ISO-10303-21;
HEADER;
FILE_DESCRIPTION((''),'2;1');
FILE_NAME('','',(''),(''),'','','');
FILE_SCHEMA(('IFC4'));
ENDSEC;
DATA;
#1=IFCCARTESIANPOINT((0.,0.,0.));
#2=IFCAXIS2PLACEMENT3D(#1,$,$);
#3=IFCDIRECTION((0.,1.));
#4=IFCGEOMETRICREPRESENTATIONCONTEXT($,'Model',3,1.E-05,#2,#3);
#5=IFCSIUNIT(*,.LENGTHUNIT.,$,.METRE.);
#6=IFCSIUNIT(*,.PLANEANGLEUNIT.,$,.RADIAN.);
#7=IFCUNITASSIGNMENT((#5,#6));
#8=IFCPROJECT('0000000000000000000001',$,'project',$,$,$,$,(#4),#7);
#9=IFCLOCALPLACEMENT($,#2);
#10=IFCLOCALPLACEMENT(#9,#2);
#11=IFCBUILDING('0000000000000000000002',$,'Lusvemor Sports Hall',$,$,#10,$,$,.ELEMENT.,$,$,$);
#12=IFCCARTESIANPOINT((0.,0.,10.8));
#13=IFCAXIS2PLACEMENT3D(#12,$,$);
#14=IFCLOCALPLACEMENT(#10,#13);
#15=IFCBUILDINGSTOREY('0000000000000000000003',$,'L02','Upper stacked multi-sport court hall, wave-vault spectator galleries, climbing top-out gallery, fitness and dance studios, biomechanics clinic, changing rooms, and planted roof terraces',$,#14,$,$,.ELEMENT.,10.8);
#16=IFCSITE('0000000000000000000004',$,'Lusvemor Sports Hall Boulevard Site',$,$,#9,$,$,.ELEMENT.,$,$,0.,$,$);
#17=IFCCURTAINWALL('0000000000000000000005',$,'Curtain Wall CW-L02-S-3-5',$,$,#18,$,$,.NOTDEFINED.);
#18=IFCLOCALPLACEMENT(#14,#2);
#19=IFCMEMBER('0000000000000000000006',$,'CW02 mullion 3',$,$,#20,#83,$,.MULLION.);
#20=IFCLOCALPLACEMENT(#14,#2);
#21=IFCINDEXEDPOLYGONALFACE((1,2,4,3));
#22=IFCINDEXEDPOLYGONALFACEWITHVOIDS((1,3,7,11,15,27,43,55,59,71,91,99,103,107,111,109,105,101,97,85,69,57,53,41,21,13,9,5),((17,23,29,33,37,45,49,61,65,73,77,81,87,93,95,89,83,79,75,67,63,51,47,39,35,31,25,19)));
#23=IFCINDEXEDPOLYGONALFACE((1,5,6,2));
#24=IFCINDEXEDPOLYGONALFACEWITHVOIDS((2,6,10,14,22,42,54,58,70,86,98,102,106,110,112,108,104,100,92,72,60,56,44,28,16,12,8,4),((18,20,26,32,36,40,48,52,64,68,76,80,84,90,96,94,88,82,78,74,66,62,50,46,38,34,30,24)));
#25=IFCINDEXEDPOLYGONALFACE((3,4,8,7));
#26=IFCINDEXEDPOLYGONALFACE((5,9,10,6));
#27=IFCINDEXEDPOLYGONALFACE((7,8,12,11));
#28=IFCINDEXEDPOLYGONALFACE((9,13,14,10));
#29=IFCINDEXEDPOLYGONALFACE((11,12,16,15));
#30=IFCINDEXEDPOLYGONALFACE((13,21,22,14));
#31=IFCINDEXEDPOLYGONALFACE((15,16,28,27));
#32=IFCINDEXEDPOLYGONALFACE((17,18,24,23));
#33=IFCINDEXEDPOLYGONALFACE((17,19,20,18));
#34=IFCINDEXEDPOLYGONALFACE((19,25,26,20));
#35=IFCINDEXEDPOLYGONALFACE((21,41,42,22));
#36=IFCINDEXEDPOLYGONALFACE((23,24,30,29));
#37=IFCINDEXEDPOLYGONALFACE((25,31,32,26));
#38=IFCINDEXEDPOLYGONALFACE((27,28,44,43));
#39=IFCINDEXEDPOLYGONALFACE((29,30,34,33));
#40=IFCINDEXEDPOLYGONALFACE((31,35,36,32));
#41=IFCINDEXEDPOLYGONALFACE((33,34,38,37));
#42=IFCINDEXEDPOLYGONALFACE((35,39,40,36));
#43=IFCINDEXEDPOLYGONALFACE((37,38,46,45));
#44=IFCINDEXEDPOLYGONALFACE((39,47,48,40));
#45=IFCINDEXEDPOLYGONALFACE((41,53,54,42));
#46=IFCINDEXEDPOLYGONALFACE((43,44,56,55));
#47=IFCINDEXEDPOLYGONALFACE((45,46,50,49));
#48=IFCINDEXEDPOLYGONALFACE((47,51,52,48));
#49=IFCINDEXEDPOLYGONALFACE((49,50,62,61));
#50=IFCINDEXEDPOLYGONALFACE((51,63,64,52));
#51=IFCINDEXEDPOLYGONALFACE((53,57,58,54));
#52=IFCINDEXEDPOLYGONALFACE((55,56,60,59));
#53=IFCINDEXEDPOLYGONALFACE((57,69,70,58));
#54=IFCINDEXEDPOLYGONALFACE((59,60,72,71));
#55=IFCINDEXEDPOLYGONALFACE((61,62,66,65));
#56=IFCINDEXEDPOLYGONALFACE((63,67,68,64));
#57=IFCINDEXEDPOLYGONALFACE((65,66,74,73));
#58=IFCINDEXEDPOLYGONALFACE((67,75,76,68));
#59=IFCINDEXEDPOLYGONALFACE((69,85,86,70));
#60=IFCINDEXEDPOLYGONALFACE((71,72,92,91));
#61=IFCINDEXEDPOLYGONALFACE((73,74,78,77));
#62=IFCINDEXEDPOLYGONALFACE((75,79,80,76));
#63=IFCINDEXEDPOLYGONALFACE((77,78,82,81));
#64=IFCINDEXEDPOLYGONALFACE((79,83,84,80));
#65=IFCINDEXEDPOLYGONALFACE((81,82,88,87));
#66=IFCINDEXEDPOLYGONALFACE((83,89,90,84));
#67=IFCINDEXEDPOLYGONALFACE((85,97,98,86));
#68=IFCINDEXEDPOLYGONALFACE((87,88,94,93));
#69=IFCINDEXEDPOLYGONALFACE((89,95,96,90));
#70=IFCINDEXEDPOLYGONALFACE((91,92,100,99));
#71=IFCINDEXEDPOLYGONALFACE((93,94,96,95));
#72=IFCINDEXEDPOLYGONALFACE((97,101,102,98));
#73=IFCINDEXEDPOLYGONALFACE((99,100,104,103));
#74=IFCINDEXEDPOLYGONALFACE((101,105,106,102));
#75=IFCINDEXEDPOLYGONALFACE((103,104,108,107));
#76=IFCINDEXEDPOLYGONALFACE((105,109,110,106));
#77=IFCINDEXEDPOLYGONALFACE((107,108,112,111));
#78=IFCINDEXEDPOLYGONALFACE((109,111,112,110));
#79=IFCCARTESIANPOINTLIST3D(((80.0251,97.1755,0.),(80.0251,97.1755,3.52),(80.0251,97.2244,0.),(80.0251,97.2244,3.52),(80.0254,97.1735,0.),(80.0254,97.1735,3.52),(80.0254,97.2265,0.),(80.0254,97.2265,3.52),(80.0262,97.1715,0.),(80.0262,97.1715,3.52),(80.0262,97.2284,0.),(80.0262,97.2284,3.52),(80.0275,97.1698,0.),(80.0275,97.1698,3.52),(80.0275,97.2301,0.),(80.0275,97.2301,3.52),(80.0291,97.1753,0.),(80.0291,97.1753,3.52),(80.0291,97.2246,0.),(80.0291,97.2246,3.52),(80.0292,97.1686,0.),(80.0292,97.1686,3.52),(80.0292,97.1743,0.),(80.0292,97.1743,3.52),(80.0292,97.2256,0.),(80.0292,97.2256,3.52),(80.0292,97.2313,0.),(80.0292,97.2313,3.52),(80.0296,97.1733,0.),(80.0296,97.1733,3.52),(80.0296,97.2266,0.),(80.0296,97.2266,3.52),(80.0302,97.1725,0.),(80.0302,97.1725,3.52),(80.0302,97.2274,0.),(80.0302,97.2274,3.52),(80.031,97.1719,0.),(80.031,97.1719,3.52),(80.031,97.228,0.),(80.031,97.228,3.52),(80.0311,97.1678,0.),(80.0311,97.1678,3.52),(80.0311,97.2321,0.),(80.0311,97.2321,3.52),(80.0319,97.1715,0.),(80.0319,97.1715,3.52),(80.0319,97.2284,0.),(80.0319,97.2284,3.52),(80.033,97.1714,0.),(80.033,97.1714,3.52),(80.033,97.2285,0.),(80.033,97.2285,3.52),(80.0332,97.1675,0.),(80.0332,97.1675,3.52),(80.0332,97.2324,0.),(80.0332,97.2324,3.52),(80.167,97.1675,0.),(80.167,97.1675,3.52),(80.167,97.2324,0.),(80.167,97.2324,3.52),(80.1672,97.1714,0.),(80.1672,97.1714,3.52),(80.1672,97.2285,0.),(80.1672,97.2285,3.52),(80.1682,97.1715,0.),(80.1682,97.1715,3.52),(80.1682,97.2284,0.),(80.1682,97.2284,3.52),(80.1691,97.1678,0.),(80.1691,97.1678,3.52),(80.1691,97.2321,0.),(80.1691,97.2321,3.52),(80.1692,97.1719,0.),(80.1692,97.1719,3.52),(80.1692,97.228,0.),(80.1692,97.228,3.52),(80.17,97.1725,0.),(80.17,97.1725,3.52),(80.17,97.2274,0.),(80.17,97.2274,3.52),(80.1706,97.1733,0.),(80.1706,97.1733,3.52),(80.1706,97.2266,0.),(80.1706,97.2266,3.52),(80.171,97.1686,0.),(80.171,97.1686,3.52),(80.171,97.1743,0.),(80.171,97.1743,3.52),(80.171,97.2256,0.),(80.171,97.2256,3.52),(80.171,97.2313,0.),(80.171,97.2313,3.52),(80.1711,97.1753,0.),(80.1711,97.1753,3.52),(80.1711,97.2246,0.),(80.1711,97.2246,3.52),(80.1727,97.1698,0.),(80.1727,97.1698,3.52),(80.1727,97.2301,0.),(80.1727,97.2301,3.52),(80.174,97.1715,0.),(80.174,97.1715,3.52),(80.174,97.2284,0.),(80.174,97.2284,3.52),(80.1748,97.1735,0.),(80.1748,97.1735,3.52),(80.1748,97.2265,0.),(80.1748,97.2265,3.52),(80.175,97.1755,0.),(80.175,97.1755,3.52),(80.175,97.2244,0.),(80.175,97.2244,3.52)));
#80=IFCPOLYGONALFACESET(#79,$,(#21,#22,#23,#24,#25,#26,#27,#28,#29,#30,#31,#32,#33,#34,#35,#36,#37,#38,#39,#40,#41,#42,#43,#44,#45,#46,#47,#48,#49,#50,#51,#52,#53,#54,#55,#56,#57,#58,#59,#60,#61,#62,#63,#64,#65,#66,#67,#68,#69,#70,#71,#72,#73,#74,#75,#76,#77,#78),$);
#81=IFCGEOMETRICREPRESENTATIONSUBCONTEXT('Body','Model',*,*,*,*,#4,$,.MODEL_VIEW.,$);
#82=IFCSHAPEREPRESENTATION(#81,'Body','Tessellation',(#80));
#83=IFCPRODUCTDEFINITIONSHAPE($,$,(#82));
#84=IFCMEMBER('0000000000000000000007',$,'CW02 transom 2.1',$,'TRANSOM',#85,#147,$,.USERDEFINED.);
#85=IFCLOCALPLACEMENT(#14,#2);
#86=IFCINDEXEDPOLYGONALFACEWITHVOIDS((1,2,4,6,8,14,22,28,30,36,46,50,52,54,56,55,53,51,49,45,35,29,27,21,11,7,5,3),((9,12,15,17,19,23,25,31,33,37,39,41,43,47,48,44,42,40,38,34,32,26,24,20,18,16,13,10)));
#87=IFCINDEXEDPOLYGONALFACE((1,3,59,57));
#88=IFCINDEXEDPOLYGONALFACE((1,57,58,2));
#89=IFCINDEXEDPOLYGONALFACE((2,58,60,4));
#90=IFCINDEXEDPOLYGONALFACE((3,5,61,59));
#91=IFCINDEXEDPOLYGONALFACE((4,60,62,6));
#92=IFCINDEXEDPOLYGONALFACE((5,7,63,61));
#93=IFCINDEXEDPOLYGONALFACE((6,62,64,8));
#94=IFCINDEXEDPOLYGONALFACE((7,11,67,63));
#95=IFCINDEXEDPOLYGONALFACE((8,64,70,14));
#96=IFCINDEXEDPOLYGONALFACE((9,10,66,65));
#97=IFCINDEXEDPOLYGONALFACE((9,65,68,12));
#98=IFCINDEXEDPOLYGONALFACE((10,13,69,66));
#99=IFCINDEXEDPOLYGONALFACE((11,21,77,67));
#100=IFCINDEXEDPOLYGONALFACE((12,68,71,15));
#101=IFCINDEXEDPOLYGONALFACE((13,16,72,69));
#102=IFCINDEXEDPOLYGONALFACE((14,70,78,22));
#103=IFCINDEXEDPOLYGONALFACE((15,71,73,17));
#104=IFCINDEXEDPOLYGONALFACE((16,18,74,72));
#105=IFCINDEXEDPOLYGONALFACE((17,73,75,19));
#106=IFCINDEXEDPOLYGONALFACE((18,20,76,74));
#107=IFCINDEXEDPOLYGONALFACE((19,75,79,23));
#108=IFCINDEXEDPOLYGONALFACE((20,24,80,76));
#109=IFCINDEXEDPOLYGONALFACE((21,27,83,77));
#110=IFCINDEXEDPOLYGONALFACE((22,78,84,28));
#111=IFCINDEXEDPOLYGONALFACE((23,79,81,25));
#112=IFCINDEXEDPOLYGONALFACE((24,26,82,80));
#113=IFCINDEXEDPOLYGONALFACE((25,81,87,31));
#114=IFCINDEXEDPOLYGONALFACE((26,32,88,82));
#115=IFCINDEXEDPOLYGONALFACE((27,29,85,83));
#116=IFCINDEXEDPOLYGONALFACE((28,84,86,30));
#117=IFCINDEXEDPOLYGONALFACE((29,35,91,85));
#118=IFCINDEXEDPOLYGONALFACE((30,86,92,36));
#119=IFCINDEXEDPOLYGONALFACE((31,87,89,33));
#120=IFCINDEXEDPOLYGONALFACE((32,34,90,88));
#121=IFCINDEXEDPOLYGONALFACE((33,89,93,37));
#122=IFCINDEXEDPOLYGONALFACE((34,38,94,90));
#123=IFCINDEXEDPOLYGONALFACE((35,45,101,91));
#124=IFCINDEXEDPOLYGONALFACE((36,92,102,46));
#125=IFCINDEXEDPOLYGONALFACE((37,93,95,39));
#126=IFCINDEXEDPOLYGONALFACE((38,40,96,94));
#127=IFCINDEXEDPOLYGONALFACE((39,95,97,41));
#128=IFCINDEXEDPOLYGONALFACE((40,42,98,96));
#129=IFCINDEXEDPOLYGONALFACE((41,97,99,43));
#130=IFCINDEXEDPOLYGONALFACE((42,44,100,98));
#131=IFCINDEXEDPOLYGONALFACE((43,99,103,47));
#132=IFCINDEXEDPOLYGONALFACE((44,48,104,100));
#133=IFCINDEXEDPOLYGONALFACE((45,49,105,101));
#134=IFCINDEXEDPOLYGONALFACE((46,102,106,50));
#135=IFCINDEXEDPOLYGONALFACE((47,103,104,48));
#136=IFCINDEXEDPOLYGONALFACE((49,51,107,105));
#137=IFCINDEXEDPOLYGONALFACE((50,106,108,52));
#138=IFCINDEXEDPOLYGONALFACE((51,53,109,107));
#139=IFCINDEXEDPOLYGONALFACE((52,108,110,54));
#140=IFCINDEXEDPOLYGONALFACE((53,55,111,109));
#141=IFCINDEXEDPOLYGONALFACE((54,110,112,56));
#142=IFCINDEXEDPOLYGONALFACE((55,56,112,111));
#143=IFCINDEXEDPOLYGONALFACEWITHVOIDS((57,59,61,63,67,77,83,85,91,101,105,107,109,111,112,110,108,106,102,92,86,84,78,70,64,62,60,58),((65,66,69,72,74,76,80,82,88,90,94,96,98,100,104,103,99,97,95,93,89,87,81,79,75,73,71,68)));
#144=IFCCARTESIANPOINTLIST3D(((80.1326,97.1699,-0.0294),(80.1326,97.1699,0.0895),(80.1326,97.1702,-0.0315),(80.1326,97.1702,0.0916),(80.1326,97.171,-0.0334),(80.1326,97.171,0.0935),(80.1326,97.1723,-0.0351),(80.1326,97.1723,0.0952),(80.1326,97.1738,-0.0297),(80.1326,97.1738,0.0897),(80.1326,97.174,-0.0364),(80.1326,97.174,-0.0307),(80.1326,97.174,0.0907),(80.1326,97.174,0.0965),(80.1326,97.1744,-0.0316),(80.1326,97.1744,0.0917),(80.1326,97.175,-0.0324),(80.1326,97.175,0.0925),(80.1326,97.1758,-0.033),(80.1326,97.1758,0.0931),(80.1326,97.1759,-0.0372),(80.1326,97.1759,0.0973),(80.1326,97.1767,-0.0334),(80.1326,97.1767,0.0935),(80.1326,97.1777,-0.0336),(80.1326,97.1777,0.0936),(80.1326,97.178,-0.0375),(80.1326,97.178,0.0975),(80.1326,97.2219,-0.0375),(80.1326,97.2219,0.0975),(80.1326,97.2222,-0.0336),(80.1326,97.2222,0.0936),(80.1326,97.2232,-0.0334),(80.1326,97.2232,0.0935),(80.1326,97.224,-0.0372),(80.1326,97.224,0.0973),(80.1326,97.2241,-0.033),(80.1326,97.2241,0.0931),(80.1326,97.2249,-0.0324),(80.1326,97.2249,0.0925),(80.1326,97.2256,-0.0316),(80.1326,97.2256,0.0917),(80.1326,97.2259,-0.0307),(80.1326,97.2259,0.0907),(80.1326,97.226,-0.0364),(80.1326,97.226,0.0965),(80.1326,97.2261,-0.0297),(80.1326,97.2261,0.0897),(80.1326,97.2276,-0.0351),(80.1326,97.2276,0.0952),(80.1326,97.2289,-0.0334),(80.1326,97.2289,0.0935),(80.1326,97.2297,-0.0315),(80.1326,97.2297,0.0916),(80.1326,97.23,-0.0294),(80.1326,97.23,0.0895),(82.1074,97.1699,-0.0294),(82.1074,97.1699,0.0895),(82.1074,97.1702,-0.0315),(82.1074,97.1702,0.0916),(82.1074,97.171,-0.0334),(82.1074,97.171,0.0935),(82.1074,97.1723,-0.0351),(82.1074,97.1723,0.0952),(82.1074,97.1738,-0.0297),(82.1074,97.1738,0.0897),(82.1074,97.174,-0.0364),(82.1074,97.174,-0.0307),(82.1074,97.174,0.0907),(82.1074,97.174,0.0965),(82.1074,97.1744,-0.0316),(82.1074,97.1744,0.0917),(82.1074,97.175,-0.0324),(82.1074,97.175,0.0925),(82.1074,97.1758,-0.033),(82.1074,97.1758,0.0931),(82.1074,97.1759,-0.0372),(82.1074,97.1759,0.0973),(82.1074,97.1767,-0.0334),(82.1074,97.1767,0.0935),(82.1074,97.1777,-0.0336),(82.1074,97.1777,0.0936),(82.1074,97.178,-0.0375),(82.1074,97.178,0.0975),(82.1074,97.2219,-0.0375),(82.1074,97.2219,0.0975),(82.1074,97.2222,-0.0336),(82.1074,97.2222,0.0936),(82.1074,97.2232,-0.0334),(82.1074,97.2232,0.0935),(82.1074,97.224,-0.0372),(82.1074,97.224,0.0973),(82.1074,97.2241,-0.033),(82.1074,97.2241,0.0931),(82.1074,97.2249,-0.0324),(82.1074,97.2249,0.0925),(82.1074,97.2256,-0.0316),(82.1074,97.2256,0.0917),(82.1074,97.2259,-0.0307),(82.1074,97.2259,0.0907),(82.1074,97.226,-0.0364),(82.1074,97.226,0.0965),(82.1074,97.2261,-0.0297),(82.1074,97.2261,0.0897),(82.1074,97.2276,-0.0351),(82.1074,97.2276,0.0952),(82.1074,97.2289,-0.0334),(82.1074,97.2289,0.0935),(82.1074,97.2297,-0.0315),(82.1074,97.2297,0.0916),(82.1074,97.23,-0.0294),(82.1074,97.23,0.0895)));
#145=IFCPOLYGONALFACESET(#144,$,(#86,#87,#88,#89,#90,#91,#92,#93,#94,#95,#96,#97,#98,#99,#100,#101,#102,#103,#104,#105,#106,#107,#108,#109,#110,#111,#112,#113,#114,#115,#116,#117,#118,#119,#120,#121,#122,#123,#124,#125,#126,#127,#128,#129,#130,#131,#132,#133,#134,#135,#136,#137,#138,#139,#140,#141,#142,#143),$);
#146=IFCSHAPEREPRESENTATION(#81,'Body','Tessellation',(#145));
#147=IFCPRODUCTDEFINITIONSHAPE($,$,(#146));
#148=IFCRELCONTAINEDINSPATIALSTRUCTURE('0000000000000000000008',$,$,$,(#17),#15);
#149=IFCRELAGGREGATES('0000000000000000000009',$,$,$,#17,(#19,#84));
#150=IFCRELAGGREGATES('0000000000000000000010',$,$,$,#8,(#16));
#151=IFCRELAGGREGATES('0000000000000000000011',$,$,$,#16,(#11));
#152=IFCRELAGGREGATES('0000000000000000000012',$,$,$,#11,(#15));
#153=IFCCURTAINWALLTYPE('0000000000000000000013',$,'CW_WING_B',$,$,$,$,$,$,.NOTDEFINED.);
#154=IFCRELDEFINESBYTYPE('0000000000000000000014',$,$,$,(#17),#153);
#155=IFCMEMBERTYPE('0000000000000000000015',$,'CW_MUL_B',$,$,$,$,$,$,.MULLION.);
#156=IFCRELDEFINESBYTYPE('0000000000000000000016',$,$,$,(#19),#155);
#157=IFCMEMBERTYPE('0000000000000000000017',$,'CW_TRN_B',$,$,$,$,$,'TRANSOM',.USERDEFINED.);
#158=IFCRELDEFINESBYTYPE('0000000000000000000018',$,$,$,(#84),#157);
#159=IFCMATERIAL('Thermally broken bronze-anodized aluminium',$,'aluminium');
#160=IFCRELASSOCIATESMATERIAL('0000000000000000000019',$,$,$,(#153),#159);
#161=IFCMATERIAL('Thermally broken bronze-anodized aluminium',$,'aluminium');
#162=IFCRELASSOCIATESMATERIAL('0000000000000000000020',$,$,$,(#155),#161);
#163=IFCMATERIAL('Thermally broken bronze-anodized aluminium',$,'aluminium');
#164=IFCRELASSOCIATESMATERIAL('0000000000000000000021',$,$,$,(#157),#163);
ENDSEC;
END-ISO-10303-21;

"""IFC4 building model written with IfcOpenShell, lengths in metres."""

from ifc_helpers import new_model, si_unit, direction, frame, origin, origin_2d, place, context, subcontext, project, spatial, hollow_rectangle, extrude, material, material_profile, profile_set, type_object, element, aggregate, save


model = new_model("IFC4")

# Units and contexts
model_context = context("Model", 3, precision=1e-05, world=origin(), true_north=direction((0.0, 1.0)))
body_context = subcontext(model_context, "Body", "Model", "MODEL_VIEW")
ifc_project = project(units=[si_unit("LENGTHUNIT", "METRE"), si_unit("PLANEANGLEUNIT", "RADIAN")], contexts=[model_context])

# Site, building, storey
site_placement = place(None, origin())
site = spatial("IfcSite", under=ifc_project, at=site_placement, Name="Lusvemor Sports Hall Boulevard Site", CompositionType="ELEMENT", RefElevation=0.0)
building_placement = place(site_placement, origin())
building = spatial("IfcBuilding", under=site, at=building_placement, Name="Lusvemor Sports Hall", CompositionType="ELEMENT")
storey_placement = place(building_placement, frame((0.0, 0.0, 10.8)))
storey = spatial("IfcBuildingStorey", under=building, at=storey_placement, Name="L02", Description="Upper stacked multi-sport court hall, wave-vault spectator galleries, climbing top-out gallery, fitness and dance studios, biomechanics clinic, changing rooms, and planted roof terraces", CompositionType="ELEMENT", Elevation=10.8)

# Shared definitions
ifc_material_1 = material(Name="Thermally broken bronze-anodized aluminium", Category="aluminium")
curtain_wall_type = type_object("IfcCurtainWallType", Name="CW_WING_B", PredefinedType="NOTDEFINED", material=ifc_material_1)
ifc_material_2 = material(Name="Thermally broken bronze-anodized aluminium", Category="aluminium")
ifc_material_profile_1 = material_profile(ifc_material_2, hollow_rectangle(XDim=0.0649, YDim=0.1499, WallThickness=0.0039, InnerFilletRadius=0.0039, OuterFilletRadius=0.0081, at=origin_2d()), Name="CWMUL150x65x4")
ifc_profile_set_1 = profile_set([ifc_material_profile_1], Name="Thermally broken bronze-anodized aluminium")
member_type_1 = type_object("IfcMemberType", Name="CW_MUL_B", PredefinedType="MULLION", material=ifc_profile_set_1)

# Curtain wall, members
curtain_wall_1_placement = place(storey_placement, origin())
curtain_wall_1 = element("IfcCurtainWall", 1, at=curtain_wall_1_placement, inside=storey, type_object=curtain_wall_type, Name="Curtain Wall CW-L02-S-3-5", PredefinedType="NOTDEFINED")
member_1_placement = place(storey_placement, frame((80.1001, 97.2, 0.0), z_axis=(0.0, 0.0, 1.0), x_axis=(0.0, -1.0, 0.0)))
member_1 = element("IfcMember", 2, at=member_1_placement, type_object=member_type_1, Name="CW02 mullion 3", PredefinedType="MULLION", context=body_context, shape_type="SweptSolid", body=[
    extrude(hollow_rectangle(XDim=0.0649, YDim=0.1499, WallThickness=0.0039, InnerFilletRadius=0.0039, OuterFilletRadius=0.0081, at=origin_2d()), origin(), (0.0, 0.0, 1.0), 3.52),
])
ifc_material_3 = material(Name="Thermally broken bronze-anodized aluminium", Category="aluminium")
ifc_material_profile_2 = material_profile(ifc_material_3, hollow_rectangle(XDim=0.0601, YDim=0.135, WallThickness=0.0039, InnerFilletRadius=0.0039, OuterFilletRadius=0.0081, at=origin_2d()), Name="CWTRN135x60x4")
ifc_profile_set_2 = profile_set([ifc_material_profile_2], Name="Thermally broken bronze-anodized aluminium")
member_type_2 = type_object("IfcMemberType", Name="CW_TRN_B", ElementType="TRANSOM", PredefinedType="USERDEFINED", material=ifc_profile_set_2)
member_2_placement = place(storey_placement, frame((82.1074, 97.2, 0.03), z_axis=(-1.0, 0.0, 0.0), x_axis=(0.0, -1.0, 0.0)))
member_2 = element("IfcMember", 3, at=member_2_placement, type_object=member_type_2, Name="CW02 transom 2.1", ObjectType="TRANSOM", PredefinedType="USERDEFINED", context=body_context, shape_type="SweptSolid", body=[
    extrude(hollow_rectangle(XDim=0.0601, YDim=0.135, WallThickness=0.0039, InnerFilletRadius=0.0039, OuterFilletRadius=0.0081, at=origin_2d()), origin(), (0.0, 0.0, 1.0), 1.9749),
])

aggregate(curtain_wall_1, [member_1, member_2])

save(model, "model.ifc")
